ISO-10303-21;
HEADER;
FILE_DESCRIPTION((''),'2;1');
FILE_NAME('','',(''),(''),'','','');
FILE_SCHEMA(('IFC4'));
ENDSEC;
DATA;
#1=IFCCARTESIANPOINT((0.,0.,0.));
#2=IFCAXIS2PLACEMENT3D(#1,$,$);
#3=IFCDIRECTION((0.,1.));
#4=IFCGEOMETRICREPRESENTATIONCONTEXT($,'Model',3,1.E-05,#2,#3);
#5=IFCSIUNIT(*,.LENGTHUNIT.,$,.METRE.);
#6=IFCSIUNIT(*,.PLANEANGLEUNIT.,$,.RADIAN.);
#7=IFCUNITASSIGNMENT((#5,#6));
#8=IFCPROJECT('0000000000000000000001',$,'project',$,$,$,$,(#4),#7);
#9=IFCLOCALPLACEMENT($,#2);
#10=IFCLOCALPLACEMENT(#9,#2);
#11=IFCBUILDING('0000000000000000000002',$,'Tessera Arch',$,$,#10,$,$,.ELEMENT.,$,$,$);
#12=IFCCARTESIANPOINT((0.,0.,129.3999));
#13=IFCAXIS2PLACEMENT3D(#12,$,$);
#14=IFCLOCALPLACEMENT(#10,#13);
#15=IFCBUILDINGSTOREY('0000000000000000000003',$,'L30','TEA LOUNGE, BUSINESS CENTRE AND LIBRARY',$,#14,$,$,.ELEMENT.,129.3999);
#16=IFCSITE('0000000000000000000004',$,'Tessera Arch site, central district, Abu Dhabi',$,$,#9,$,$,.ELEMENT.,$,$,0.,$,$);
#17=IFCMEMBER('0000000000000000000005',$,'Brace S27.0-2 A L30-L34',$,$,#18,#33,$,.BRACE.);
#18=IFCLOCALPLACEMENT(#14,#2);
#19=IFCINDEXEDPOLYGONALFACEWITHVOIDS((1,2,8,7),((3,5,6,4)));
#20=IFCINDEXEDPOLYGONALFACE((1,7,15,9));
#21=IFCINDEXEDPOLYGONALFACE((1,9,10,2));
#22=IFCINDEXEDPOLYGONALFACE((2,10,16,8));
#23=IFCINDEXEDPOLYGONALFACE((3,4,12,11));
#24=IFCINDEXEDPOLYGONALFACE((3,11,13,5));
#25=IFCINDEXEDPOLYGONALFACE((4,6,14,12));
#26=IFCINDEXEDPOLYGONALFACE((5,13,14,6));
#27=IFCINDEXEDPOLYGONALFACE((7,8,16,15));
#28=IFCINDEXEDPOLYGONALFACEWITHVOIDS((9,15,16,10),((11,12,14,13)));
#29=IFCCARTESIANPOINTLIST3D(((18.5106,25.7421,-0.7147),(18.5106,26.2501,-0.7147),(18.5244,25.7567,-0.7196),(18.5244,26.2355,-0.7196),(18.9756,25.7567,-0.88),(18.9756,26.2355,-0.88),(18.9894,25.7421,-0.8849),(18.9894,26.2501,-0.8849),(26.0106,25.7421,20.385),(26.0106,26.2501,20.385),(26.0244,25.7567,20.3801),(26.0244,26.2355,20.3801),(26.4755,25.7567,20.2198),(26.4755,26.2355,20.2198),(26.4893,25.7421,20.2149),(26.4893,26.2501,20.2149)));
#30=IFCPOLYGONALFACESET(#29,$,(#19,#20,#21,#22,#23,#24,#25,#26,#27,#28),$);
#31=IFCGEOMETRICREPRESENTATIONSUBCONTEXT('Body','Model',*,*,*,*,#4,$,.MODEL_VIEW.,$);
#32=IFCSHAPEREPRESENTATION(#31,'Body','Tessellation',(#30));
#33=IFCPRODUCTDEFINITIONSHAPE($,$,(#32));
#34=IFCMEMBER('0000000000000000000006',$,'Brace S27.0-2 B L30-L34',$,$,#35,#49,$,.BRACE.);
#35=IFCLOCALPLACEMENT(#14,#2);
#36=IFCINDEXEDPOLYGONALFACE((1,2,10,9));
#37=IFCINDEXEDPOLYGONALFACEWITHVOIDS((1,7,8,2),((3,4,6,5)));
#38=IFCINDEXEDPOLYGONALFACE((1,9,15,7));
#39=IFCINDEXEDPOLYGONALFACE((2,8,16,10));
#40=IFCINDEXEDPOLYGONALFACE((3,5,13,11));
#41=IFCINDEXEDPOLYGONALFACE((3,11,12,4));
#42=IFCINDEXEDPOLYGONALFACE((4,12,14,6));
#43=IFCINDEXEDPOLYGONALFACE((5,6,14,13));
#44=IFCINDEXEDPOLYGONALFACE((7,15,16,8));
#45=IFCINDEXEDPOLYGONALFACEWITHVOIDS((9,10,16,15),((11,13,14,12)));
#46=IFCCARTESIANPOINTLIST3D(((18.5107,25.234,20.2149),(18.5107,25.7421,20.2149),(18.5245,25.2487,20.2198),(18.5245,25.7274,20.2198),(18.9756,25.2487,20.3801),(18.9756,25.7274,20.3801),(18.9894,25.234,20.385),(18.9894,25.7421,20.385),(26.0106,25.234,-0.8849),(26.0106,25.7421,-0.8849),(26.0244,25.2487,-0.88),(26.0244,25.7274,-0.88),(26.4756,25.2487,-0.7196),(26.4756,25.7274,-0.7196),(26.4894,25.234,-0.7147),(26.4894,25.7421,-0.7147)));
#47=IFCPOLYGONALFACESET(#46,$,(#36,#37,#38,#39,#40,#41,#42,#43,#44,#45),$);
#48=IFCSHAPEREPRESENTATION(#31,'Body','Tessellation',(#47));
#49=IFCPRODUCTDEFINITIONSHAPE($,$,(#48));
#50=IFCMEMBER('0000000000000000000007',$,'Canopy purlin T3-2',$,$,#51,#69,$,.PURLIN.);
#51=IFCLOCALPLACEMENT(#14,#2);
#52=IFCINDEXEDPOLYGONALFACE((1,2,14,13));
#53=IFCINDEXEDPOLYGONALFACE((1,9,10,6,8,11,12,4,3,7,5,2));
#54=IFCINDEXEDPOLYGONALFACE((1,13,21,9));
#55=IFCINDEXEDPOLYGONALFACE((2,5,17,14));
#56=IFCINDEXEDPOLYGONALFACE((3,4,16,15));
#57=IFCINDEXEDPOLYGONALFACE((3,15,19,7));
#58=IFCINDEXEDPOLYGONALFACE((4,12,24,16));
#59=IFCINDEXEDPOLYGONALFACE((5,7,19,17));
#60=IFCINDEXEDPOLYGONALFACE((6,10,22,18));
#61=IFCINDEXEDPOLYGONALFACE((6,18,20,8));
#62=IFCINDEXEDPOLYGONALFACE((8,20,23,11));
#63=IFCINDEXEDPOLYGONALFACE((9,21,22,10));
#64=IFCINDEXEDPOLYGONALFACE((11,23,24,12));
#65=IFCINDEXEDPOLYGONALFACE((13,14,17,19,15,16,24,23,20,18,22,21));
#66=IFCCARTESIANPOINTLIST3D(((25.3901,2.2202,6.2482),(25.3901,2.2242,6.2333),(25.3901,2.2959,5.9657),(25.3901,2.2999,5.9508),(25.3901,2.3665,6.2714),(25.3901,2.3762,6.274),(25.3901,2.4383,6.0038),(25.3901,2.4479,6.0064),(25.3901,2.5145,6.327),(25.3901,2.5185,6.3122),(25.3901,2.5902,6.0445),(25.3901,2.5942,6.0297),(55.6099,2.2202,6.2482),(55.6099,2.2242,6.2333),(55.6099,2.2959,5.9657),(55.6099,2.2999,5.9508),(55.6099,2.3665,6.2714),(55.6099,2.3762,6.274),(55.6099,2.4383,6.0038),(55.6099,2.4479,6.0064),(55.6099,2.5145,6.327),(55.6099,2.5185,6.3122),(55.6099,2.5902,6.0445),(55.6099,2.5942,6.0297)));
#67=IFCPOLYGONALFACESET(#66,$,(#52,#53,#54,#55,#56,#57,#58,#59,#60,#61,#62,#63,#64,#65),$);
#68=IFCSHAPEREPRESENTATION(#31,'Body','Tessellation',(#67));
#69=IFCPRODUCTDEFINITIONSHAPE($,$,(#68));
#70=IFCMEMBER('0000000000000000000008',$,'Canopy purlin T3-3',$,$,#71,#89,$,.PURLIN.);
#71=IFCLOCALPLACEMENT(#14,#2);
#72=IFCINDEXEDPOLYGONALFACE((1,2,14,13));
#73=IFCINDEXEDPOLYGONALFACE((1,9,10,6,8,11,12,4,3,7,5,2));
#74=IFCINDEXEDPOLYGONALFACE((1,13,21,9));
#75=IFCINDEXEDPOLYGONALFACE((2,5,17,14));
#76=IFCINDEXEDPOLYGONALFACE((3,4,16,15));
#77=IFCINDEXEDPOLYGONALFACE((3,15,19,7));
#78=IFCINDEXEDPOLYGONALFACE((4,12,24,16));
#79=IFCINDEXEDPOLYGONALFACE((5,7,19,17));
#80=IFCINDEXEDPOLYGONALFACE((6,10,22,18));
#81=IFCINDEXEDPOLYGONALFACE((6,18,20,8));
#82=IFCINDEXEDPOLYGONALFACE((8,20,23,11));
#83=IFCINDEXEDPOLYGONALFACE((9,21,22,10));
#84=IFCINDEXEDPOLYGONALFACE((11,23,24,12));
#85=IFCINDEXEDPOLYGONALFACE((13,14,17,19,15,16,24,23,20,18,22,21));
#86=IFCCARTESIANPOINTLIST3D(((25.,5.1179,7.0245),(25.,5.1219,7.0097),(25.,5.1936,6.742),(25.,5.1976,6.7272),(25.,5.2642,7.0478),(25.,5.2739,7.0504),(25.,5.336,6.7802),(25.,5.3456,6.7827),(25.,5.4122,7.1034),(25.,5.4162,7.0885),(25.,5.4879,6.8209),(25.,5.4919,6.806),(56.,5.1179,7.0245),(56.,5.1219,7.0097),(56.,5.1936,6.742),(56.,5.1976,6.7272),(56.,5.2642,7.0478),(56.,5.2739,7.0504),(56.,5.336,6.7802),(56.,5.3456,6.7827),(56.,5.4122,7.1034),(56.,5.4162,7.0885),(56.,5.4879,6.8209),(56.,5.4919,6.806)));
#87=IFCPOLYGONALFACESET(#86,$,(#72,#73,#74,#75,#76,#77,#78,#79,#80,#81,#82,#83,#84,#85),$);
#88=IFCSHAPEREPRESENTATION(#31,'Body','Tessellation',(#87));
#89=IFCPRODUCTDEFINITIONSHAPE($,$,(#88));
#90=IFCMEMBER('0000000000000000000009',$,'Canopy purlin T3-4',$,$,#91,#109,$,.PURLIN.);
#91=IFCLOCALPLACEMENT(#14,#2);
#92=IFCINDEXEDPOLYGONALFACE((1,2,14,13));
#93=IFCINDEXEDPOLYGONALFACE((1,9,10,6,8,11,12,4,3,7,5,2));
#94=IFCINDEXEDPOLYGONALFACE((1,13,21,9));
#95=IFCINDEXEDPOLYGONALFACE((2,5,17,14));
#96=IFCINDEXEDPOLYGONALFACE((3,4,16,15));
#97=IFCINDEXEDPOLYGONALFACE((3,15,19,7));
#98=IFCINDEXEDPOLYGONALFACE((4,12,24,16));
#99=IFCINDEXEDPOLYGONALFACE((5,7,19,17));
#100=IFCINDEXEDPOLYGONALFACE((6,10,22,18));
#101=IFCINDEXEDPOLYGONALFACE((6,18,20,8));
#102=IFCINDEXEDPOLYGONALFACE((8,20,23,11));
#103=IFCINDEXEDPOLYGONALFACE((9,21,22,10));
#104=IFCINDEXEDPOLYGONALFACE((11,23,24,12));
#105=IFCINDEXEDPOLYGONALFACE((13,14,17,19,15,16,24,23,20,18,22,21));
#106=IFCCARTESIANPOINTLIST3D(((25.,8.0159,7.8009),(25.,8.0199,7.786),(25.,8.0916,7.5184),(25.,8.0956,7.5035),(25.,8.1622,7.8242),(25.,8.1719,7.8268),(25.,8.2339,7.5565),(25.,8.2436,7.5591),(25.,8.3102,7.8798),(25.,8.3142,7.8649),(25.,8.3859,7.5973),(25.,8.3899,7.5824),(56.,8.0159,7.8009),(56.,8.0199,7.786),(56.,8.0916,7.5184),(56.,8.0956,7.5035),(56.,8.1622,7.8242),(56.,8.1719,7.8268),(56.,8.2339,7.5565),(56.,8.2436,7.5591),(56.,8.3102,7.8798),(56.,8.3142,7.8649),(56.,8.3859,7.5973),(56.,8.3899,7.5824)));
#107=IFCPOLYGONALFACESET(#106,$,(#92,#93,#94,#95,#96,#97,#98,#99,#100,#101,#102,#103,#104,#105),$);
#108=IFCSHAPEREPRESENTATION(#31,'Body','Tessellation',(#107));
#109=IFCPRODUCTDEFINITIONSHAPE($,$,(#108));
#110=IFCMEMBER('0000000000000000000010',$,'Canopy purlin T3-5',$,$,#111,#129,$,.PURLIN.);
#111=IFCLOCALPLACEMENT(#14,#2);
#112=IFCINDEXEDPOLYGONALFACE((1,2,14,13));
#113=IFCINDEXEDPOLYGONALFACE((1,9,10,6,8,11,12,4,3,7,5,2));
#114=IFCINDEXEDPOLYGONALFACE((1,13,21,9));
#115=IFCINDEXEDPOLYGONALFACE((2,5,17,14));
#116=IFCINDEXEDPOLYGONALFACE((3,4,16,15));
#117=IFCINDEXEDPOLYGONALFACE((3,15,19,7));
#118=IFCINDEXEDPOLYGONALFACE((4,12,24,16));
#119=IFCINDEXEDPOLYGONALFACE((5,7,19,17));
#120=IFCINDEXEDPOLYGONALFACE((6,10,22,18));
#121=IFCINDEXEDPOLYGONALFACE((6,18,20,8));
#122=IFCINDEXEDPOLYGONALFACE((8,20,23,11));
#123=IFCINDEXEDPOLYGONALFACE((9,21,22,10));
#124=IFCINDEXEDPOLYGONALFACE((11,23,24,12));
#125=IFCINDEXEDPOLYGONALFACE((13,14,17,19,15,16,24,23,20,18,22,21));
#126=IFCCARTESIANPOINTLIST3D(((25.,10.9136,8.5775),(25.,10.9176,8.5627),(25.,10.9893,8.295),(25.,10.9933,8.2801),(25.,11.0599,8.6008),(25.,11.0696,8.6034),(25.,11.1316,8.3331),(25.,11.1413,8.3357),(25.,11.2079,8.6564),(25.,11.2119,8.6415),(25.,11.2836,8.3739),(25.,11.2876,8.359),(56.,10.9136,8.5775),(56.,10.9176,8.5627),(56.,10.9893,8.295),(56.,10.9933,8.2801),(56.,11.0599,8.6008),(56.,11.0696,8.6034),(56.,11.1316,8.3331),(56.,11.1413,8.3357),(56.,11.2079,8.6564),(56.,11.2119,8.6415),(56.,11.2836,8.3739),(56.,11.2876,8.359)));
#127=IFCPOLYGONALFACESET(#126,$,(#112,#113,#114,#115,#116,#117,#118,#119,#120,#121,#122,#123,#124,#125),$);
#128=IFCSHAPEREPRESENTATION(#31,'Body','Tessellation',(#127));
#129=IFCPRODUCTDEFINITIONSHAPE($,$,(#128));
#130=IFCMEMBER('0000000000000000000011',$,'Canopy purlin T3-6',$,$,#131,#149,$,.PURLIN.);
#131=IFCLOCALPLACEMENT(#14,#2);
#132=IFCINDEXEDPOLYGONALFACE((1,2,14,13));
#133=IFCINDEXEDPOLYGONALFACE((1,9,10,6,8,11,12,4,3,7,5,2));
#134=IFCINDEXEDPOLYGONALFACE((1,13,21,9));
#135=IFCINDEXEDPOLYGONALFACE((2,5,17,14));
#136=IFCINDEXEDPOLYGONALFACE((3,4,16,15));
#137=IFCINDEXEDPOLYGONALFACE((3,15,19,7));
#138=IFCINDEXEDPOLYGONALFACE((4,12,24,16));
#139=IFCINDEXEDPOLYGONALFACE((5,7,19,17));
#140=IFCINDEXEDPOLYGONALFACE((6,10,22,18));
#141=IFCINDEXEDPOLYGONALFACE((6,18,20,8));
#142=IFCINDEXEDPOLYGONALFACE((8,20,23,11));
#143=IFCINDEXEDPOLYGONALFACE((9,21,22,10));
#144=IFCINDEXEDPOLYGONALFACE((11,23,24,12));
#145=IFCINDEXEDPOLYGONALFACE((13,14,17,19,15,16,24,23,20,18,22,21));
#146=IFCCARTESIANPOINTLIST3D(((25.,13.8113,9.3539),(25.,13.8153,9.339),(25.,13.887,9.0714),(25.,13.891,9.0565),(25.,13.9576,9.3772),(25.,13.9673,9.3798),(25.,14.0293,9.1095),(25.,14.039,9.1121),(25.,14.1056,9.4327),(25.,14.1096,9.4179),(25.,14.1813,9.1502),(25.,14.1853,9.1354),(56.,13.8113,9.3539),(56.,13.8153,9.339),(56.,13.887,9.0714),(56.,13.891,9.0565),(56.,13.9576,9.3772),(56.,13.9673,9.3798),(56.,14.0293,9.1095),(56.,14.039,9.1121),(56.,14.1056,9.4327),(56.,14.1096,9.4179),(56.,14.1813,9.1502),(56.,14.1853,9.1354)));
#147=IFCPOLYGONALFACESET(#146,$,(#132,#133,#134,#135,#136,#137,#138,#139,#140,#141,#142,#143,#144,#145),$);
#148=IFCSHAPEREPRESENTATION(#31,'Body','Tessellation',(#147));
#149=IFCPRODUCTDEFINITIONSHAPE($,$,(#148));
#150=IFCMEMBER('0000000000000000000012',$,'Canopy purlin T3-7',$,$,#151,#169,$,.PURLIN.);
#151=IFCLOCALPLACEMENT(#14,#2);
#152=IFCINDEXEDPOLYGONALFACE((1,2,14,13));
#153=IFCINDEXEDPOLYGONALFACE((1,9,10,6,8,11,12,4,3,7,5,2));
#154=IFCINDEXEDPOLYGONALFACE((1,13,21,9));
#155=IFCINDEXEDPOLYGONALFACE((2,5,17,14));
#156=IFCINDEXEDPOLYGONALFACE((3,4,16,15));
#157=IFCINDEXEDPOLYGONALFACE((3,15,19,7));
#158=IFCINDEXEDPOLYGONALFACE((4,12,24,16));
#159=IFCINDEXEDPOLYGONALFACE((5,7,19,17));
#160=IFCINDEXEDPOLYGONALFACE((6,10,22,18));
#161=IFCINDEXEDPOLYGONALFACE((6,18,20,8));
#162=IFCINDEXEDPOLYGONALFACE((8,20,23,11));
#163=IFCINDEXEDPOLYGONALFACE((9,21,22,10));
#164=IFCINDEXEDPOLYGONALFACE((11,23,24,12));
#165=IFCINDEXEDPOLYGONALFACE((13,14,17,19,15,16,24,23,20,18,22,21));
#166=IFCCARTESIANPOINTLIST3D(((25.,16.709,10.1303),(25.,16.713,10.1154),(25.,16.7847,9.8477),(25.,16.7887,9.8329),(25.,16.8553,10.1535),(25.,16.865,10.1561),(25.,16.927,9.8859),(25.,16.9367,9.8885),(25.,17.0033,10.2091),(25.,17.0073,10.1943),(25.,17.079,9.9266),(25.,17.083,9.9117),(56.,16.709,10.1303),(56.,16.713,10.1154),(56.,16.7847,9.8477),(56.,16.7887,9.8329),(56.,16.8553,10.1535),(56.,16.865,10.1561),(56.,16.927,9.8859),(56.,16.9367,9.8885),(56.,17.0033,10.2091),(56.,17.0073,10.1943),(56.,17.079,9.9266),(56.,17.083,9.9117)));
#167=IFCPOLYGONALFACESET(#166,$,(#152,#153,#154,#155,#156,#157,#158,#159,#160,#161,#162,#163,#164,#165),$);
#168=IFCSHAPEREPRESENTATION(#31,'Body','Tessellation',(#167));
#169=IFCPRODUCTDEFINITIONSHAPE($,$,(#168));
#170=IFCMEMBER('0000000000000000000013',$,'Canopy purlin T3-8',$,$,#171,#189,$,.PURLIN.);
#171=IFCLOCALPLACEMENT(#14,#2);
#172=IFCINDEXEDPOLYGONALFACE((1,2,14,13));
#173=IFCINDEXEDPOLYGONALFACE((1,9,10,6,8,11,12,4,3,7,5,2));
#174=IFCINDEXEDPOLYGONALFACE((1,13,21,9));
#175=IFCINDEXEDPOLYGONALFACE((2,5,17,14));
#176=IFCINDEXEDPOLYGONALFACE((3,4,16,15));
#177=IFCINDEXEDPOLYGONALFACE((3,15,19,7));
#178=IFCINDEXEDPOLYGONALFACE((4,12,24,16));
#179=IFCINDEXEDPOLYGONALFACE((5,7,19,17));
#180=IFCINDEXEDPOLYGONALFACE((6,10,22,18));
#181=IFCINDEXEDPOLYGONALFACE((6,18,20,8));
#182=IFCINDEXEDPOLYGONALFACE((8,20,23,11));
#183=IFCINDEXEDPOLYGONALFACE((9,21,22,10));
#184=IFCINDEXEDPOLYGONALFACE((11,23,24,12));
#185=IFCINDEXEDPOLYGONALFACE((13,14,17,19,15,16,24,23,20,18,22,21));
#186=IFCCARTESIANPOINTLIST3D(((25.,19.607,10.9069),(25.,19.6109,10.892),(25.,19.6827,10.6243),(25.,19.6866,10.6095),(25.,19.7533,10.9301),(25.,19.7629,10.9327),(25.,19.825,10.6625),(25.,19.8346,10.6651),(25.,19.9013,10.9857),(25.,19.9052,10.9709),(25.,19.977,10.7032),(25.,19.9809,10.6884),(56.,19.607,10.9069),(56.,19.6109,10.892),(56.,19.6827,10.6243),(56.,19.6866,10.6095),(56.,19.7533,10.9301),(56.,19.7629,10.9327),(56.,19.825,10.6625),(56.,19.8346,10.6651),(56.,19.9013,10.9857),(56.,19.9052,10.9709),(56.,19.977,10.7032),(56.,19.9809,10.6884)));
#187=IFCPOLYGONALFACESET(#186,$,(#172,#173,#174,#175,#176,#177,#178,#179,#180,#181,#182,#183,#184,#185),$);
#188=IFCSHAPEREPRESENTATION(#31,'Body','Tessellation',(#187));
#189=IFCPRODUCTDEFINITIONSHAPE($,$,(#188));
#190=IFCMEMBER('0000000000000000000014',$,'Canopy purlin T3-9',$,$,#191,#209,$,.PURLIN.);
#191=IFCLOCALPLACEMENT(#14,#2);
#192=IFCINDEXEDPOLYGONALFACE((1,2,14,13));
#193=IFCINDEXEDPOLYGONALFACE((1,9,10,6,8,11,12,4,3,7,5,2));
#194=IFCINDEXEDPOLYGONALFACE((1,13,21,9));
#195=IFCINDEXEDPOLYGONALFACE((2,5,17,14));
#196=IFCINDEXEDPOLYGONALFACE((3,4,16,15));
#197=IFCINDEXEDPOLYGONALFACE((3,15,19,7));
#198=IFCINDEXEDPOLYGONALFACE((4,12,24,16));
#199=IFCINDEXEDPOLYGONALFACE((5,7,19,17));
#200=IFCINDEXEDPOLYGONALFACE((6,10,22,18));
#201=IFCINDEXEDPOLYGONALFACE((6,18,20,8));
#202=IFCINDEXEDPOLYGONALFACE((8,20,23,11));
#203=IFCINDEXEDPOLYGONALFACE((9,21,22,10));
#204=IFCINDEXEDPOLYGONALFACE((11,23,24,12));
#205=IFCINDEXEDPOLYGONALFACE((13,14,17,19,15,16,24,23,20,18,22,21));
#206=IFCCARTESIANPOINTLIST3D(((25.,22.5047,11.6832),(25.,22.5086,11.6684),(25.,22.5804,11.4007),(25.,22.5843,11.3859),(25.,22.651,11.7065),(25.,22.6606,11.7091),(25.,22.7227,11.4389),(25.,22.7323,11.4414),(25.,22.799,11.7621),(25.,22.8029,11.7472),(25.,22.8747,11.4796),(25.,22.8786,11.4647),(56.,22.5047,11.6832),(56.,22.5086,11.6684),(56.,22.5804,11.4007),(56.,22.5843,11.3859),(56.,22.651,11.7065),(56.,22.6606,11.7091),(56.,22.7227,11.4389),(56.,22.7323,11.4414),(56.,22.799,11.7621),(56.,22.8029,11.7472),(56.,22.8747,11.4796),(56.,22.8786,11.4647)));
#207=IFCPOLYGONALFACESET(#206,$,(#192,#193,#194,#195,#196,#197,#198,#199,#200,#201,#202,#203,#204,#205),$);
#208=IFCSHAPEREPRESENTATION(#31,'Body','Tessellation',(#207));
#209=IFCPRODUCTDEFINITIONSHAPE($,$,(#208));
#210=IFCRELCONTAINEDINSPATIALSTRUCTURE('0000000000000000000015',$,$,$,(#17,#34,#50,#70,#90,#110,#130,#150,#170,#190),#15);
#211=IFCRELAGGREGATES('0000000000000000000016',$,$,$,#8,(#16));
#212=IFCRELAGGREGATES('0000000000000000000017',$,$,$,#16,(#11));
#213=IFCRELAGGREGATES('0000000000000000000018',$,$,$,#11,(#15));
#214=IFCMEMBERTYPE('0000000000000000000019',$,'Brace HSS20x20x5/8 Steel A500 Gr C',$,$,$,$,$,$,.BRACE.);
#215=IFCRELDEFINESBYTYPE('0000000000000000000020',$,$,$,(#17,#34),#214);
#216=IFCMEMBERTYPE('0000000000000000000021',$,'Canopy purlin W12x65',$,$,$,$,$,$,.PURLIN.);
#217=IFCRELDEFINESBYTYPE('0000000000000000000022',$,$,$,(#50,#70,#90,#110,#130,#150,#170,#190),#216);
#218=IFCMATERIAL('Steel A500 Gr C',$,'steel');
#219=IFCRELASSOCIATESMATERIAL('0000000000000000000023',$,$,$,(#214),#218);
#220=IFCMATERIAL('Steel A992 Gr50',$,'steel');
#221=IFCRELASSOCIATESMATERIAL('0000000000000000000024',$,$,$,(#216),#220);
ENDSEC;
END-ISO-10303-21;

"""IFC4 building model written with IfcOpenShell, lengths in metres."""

from ifc_helpers import new_model, si_unit, direction, frame, origin, origin_2d, place, context, subcontext, project, spatial, hollow_rectangle, i_section, extrude, material, material_profile, profile_set, type_object, element, save


model = new_model("IFC4")

# Units and contexts
model_context = context("Model", 3, precision=1e-05, world=origin(), true_north=direction((0.0, 1.0)))
body_context = subcontext(model_context, "Body", "Model", "MODEL_VIEW")
ifc_project = project(units=[si_unit("LENGTHUNIT", "METRE"), si_unit("PLANEANGLEUNIT", "RADIAN")], contexts=[model_context])

# Site, building, storey
site_placement = place(None, origin())
site = spatial("IfcSite", under=ifc_project, at=site_placement, Name="Tessera Arch site, central district, Abu Dhabi", CompositionType="ELEMENT", RefElevation=0.0)
building_placement = place(site_placement, origin())
building = spatial("IfcBuilding", under=site, at=building_placement, Name="Tessera Arch", CompositionType="ELEMENT")
storey_placement = place(building_placement, frame((0.0, 0.0, 129.3999)))
storey = spatial("IfcBuildingStorey", under=building, at=storey_placement, Name="L30", Description="TEA LOUNGE, BUSINESS CENTRE AND LIBRARY", CompositionType="ELEMENT", Elevation=129.3999)

# Members
ifc_material_1 = material(Name="Steel A500 Gr C", Category="steel")
ifc_material_profile_1 = material_profile(ifc_material_1, hollow_rectangle(XDim=0.5081, YDim=0.5081, WallThickness=0.0146, at=origin_2d()), Name="HSS20x20x5/8")
ifc_profile_set_1 = profile_set([ifc_material_profile_1], Name="Steel A500 Gr C")
member_type_1 = type_object("IfcMemberType", Name="Brace HSS20x20x5/8 Steel A500 Gr C", PredefinedType="BRACE", material=ifc_profile_set_1)
for number, where, z_axis, x_axis, name in (
    (1, (18.75, 25.9961, -0.7998), (0.334924, 0.0, 0.942245), (0.0, 1.0, 0.0), "Brace S27.0-2 A L30-L34"),
    (2, (26.25, 25.488, -0.7998), (-0.334924, 0.0, 0.942245), (0.0, -1.0, 0.0), "Brace S27.0-2 B L30-L34"),
):
    element("IfcMember", number, at=place(storey_placement, frame(where, z_axis=z_axis, x_axis=x_axis)), inside=storey, type_object=member_type_1, Name=name, PredefinedType="BRACE", context=body_context, shape_type="SweptSolid", body=[
        extrude(hollow_rectangle(XDim=0.5081, YDim=0.5081, WallThickness=0.0146, at=origin_2d()), origin(), (0.0, 0.0, 1.0), 22.3931),
    ])
ifc_material_2 = material(Name="Steel A992 Gr50", Category="steel")
ifc_material_profile_2 = material_profile(ifc_material_2, i_section(OverallWidth=0.3047, OverallDepth=0.3079, WebThickness=0.01, FlangeThickness=0.0154, at=origin_2d()), Name="W12x65")
ifc_profile_set_2 = profile_set([ifc_material_profile_2], Name="Steel A992 Gr50")
member_type_2 = type_object("IfcMemberType", Name="Canopy purlin W12x65", PredefinedType="PURLIN", material=ifc_profile_set_2)
member_1_placement = place(storey_placement, frame((25.3901, 2.4072, 6.1389), z_axis=(1.0, 0.0, 0.0), x_axis=(0.0, 0.965926, 0.258819)))
element("IfcMember", 3, at=member_1_placement, inside=storey, type_object=member_type_2, Name="Canopy purlin T3-2", PredefinedType="PURLIN", context=body_context, shape_type="SweptSolid", body=[
    extrude(i_section(OverallWidth=0.3047, OverallDepth=0.3079, WebThickness=0.01, FlangeThickness=0.0154, at=origin_2d()), origin(), (0.0, 0.0, 1.0), 30.2197),
])
for number, where, z_axis, x_axis, name in (
    (4, (25.0, 5.3049, 6.9153), (1.0, 0.0, 0.0), (0.0, 0.965926, 0.258819), "Canopy purlin T3-3"),
    (5, (25.0, 8.2029, 7.6917), (1.0, 0.0, 0.0), (0.0, 0.965926, 0.258819), "Canopy purlin T3-4"),
    (6, (25.0, 11.1006, 8.4683), (1.0, 0.0, 0.0), (0.0, 0.965926, 0.258819), "Canopy purlin T3-5"),
    (7, (25.0, 13.9983, 9.2446), (1.0, 0.0, 0.0), (0.0, 0.965926, 0.258819), "Canopy purlin T3-6"),
    (8, (25.0, 16.896, 10.021), (1.0, 0.0, 0.0), (0.0, 0.965926, 0.258819), "Canopy purlin T3-7"),
    (9, (25.0, 19.7939, 10.7976), (1.0, 0.0, 0.0), (0.0, 0.965926, 0.258819), "Canopy purlin T3-8"),
    (10, (25.0, 22.6917, 11.574), (1.0, 0.0, 0.0), (0.0, 0.965926, 0.258819), "Canopy purlin T3-9"),
):
    element("IfcMember", number, at=place(storey_placement, frame(where, z_axis=z_axis, x_axis=x_axis)), inside=storey, type_object=member_type_2, Name=name, PredefinedType="PURLIN", context=body_context, shape_type="SweptSolid", body=[
        extrude(i_section(OverallWidth=0.3047, OverallDepth=0.3079, WebThickness=0.01, FlangeThickness=0.0154, at=origin_2d()), origin(), (0.0, 0.0, 1.0), 31.0),
    ])

save(model, "model.ifc")
